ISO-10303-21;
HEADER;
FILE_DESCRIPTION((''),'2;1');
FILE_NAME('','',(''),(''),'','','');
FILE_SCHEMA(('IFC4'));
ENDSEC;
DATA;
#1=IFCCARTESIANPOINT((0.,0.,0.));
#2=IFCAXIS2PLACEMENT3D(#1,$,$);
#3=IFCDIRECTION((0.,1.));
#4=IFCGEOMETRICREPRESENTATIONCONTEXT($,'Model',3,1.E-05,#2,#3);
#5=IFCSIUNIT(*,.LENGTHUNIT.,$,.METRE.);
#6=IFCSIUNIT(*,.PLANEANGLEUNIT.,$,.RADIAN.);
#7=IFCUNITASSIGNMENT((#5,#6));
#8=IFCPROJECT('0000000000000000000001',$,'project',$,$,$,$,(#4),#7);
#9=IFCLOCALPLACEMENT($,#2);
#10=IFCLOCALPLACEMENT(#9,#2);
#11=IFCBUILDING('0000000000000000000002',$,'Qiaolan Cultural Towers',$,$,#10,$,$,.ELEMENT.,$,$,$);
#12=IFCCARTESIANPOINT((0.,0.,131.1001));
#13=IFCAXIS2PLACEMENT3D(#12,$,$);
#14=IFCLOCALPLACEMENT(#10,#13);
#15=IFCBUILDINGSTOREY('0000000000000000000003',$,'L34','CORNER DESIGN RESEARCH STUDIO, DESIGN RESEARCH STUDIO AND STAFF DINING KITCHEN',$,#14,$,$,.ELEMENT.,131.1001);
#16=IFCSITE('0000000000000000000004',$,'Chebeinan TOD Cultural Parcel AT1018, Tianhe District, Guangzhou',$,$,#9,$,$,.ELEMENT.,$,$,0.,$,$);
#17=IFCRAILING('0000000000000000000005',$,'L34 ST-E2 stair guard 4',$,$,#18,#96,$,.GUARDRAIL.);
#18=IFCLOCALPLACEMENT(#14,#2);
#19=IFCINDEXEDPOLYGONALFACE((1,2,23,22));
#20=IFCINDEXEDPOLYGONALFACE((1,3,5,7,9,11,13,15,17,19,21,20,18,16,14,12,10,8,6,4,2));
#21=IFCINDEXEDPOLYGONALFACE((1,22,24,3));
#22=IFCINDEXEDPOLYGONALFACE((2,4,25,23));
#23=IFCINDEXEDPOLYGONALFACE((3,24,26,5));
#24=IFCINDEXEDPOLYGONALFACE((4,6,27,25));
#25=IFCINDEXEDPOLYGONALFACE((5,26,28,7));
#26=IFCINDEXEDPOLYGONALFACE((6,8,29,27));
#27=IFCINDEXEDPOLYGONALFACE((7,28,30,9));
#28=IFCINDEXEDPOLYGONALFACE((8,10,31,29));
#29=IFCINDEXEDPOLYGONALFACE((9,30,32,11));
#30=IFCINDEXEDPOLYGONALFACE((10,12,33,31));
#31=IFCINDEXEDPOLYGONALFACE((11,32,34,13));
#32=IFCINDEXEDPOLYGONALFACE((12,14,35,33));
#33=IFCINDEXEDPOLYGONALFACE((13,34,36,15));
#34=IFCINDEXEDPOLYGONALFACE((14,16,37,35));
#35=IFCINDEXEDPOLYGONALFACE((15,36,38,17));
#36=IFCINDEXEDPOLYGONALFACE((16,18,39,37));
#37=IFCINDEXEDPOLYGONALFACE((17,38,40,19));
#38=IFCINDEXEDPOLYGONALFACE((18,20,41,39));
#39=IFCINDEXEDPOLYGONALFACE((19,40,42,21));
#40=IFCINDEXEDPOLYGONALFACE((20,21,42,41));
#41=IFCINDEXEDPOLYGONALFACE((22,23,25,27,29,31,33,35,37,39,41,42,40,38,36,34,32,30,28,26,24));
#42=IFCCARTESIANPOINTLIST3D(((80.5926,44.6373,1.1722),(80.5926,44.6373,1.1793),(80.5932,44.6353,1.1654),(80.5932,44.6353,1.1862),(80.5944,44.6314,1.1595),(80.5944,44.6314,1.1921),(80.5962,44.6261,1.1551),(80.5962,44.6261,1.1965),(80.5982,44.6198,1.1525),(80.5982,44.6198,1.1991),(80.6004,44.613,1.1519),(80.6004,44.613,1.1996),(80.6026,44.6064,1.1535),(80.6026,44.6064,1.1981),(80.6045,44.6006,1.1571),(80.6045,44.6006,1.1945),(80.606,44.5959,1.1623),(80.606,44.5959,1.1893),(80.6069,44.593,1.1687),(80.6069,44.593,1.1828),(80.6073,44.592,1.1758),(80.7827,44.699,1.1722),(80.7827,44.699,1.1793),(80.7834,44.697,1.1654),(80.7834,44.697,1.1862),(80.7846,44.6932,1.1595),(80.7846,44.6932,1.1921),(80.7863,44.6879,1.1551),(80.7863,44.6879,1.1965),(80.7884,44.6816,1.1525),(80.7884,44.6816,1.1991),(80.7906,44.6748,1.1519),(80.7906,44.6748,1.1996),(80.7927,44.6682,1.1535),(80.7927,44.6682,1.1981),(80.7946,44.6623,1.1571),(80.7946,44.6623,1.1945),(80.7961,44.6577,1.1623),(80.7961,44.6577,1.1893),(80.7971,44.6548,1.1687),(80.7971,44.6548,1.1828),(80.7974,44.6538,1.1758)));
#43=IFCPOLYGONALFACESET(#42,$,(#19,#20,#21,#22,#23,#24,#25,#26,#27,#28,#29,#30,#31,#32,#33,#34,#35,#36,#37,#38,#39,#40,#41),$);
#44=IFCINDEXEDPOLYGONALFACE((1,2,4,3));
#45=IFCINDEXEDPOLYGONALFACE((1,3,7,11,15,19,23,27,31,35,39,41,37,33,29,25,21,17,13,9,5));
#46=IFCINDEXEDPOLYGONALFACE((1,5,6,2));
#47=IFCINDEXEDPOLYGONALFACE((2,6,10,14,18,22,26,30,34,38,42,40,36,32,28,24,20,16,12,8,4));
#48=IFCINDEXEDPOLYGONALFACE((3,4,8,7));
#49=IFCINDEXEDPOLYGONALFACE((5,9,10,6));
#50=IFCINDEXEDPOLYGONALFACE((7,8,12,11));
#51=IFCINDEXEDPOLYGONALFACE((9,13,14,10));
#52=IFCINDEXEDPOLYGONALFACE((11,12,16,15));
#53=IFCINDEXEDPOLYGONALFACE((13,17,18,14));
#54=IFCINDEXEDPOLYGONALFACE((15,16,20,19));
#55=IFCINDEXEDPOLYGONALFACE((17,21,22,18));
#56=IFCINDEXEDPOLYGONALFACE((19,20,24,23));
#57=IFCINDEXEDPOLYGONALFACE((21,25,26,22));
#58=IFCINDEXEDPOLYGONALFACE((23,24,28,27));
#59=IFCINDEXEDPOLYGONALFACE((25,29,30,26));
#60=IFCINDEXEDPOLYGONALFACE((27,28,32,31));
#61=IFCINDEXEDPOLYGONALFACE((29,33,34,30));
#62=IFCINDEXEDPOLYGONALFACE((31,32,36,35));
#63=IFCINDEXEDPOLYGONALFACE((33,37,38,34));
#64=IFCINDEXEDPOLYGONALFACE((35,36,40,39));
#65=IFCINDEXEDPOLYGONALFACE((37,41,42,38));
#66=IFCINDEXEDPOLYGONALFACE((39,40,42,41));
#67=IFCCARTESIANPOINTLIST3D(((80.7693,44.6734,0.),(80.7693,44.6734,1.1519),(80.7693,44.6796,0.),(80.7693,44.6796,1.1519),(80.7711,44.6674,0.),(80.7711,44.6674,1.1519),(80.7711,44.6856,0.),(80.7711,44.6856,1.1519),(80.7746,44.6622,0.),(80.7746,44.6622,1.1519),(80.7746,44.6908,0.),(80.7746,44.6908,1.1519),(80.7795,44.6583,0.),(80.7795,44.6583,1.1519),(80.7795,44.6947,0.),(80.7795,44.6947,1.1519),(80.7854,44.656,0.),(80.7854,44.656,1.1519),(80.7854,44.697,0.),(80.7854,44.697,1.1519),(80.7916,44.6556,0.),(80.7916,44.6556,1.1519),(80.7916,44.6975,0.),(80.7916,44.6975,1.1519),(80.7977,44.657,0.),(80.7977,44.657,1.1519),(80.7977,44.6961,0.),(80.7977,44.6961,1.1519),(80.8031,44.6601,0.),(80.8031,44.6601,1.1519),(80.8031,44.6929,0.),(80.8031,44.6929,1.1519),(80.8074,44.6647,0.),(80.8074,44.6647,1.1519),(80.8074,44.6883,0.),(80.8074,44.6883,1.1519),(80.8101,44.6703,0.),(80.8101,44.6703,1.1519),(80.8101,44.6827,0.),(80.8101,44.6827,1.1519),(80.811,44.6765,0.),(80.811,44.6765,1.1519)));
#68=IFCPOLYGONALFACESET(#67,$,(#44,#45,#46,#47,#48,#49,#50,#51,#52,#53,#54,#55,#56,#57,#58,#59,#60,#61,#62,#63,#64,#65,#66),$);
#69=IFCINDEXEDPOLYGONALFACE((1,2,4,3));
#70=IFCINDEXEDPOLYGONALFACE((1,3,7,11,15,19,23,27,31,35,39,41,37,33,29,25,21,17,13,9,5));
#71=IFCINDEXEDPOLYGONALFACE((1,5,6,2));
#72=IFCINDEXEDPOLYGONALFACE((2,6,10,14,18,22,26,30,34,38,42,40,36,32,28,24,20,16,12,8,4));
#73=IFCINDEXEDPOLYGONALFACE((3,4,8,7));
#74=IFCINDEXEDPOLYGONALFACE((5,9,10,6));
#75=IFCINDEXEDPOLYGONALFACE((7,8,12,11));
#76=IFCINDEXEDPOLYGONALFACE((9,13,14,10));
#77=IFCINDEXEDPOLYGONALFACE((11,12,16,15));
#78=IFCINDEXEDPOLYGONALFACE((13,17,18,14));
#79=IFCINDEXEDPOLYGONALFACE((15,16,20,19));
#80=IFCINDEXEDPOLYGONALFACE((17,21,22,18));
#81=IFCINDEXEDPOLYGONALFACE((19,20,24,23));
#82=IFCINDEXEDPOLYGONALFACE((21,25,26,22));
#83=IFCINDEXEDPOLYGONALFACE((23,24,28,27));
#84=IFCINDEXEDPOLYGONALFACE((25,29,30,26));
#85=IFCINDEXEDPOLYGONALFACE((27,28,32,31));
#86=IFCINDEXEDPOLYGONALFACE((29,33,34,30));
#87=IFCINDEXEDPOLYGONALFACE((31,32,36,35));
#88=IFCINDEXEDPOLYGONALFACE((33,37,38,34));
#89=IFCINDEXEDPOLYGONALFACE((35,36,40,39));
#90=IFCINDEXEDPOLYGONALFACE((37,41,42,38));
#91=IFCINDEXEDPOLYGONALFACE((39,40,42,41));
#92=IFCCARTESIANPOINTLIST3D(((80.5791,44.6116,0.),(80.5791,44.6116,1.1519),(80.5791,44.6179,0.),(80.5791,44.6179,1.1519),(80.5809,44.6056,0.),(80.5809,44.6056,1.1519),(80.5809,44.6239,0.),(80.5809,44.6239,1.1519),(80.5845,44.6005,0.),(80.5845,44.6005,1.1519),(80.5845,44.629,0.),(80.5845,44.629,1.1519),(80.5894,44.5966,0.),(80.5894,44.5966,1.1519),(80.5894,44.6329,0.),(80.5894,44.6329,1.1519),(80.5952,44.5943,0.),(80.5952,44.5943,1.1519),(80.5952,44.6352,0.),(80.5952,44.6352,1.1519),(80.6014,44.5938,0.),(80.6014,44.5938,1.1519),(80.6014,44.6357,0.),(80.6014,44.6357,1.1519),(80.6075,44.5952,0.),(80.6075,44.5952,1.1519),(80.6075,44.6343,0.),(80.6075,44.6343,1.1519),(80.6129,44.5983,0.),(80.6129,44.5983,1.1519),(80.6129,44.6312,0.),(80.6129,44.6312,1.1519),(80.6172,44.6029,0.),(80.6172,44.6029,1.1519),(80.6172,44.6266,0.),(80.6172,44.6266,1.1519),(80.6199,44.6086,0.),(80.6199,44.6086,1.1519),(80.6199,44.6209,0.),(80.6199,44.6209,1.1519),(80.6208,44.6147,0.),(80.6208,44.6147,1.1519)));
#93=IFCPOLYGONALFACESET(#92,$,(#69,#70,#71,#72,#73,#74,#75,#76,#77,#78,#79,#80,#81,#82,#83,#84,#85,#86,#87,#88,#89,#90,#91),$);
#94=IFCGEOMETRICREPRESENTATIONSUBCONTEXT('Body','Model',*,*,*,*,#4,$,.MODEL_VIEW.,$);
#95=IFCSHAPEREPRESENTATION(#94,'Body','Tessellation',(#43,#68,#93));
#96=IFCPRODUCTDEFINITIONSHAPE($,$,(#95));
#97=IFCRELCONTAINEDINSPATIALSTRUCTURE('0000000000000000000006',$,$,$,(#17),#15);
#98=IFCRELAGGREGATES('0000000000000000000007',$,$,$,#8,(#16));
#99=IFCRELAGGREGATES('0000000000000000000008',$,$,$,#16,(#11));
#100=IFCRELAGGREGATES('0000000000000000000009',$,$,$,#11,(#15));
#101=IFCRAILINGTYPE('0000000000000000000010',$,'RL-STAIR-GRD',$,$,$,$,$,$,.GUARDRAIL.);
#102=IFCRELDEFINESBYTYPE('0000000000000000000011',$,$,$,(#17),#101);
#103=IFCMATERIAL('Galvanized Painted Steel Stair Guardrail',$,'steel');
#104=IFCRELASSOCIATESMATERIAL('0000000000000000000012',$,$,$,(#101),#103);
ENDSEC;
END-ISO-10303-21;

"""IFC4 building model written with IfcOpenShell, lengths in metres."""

from ifc_helpers import new_model, si_unit, direction, frame, origin, origin_2d, place, context, subcontext, project, spatial, circle, extrude, material, type_object, element, save


model = new_model("IFC4")

# Units and contexts
model_context = context("Model", 3, precision=1e-05, world=origin(), true_north=direction((0.0, 1.0)))
body_context = subcontext(model_context, "Body", "Model", "MODEL_VIEW")
ifc_project = project(units=[si_unit("LENGTHUNIT", "METRE"), si_unit("PLANEANGLEUNIT", "RADIAN")], contexts=[model_context])

# Site, building, storey
site_placement = place(None, origin())
site = spatial("IfcSite", under=ifc_project, at=site_placement, Name="Chebeinan TOD Cultural Parcel AT1018, Tianhe District, Guangzhou", CompositionType="ELEMENT", RefElevation=0.0)
building_placement = place(site_placement, origin())
building = spatial("IfcBuilding", under=site, at=building_placement, Name="Qiaolan Cultural Towers", CompositionType="ELEMENT")
storey_placement = place(building_placement, frame((0.0, 0.0, 131.1001)))
storey = spatial("IfcBuildingStorey", under=building, at=storey_placement, Name="L34", Description="CORNER DESIGN RESEARCH STUDIO, DESIGN RESEARCH STUDIO AND STAFF DINING KITCHEN", CompositionType="ELEMENT", Elevation=131.1001)

# Railing
ifc_material_1 = material(Name="Galvanized Painted Steel Stair Guardrail", Category="steel")
railing_type_1 = type_object("IfcRailingType", Name="RL-STAIR-GRD", PredefinedType="GUARDRAIL", material=ifc_material_1)
railing_1_placement = place(storey_placement, frame((80.79, 44.6765, 0.0)))
element("IfcRailing", 1, at=railing_1_placement, inside=storey, type_object=railing_type_1, Name="L34 ST-E2 stair guard 4", PredefinedType="GUARDRAIL", context=body_context, shape_type="SweptSolid", body=[
    extrude(circle(Radius=0.0239, at=origin_2d()), frame((0.0, 0.0, 1.1758), z_axis=(-0.951097, -0.308893, 0.0), x_axis=(0.308893, -0.951097, 0.0)), (0.0, 0.0, 1.0), 0.2),
    extrude(circle(Radius=0.021, at=origin_2d()), origin(), (0.0, 0.0, 1.0), 1.1519),
    extrude(circle(Radius=0.021, at=origin_2d()), frame((-0.1902, -0.0618, 0.0)), (0.0, 0.0, 1.0), 1.1519),
])

save(model, "model.ifc")
